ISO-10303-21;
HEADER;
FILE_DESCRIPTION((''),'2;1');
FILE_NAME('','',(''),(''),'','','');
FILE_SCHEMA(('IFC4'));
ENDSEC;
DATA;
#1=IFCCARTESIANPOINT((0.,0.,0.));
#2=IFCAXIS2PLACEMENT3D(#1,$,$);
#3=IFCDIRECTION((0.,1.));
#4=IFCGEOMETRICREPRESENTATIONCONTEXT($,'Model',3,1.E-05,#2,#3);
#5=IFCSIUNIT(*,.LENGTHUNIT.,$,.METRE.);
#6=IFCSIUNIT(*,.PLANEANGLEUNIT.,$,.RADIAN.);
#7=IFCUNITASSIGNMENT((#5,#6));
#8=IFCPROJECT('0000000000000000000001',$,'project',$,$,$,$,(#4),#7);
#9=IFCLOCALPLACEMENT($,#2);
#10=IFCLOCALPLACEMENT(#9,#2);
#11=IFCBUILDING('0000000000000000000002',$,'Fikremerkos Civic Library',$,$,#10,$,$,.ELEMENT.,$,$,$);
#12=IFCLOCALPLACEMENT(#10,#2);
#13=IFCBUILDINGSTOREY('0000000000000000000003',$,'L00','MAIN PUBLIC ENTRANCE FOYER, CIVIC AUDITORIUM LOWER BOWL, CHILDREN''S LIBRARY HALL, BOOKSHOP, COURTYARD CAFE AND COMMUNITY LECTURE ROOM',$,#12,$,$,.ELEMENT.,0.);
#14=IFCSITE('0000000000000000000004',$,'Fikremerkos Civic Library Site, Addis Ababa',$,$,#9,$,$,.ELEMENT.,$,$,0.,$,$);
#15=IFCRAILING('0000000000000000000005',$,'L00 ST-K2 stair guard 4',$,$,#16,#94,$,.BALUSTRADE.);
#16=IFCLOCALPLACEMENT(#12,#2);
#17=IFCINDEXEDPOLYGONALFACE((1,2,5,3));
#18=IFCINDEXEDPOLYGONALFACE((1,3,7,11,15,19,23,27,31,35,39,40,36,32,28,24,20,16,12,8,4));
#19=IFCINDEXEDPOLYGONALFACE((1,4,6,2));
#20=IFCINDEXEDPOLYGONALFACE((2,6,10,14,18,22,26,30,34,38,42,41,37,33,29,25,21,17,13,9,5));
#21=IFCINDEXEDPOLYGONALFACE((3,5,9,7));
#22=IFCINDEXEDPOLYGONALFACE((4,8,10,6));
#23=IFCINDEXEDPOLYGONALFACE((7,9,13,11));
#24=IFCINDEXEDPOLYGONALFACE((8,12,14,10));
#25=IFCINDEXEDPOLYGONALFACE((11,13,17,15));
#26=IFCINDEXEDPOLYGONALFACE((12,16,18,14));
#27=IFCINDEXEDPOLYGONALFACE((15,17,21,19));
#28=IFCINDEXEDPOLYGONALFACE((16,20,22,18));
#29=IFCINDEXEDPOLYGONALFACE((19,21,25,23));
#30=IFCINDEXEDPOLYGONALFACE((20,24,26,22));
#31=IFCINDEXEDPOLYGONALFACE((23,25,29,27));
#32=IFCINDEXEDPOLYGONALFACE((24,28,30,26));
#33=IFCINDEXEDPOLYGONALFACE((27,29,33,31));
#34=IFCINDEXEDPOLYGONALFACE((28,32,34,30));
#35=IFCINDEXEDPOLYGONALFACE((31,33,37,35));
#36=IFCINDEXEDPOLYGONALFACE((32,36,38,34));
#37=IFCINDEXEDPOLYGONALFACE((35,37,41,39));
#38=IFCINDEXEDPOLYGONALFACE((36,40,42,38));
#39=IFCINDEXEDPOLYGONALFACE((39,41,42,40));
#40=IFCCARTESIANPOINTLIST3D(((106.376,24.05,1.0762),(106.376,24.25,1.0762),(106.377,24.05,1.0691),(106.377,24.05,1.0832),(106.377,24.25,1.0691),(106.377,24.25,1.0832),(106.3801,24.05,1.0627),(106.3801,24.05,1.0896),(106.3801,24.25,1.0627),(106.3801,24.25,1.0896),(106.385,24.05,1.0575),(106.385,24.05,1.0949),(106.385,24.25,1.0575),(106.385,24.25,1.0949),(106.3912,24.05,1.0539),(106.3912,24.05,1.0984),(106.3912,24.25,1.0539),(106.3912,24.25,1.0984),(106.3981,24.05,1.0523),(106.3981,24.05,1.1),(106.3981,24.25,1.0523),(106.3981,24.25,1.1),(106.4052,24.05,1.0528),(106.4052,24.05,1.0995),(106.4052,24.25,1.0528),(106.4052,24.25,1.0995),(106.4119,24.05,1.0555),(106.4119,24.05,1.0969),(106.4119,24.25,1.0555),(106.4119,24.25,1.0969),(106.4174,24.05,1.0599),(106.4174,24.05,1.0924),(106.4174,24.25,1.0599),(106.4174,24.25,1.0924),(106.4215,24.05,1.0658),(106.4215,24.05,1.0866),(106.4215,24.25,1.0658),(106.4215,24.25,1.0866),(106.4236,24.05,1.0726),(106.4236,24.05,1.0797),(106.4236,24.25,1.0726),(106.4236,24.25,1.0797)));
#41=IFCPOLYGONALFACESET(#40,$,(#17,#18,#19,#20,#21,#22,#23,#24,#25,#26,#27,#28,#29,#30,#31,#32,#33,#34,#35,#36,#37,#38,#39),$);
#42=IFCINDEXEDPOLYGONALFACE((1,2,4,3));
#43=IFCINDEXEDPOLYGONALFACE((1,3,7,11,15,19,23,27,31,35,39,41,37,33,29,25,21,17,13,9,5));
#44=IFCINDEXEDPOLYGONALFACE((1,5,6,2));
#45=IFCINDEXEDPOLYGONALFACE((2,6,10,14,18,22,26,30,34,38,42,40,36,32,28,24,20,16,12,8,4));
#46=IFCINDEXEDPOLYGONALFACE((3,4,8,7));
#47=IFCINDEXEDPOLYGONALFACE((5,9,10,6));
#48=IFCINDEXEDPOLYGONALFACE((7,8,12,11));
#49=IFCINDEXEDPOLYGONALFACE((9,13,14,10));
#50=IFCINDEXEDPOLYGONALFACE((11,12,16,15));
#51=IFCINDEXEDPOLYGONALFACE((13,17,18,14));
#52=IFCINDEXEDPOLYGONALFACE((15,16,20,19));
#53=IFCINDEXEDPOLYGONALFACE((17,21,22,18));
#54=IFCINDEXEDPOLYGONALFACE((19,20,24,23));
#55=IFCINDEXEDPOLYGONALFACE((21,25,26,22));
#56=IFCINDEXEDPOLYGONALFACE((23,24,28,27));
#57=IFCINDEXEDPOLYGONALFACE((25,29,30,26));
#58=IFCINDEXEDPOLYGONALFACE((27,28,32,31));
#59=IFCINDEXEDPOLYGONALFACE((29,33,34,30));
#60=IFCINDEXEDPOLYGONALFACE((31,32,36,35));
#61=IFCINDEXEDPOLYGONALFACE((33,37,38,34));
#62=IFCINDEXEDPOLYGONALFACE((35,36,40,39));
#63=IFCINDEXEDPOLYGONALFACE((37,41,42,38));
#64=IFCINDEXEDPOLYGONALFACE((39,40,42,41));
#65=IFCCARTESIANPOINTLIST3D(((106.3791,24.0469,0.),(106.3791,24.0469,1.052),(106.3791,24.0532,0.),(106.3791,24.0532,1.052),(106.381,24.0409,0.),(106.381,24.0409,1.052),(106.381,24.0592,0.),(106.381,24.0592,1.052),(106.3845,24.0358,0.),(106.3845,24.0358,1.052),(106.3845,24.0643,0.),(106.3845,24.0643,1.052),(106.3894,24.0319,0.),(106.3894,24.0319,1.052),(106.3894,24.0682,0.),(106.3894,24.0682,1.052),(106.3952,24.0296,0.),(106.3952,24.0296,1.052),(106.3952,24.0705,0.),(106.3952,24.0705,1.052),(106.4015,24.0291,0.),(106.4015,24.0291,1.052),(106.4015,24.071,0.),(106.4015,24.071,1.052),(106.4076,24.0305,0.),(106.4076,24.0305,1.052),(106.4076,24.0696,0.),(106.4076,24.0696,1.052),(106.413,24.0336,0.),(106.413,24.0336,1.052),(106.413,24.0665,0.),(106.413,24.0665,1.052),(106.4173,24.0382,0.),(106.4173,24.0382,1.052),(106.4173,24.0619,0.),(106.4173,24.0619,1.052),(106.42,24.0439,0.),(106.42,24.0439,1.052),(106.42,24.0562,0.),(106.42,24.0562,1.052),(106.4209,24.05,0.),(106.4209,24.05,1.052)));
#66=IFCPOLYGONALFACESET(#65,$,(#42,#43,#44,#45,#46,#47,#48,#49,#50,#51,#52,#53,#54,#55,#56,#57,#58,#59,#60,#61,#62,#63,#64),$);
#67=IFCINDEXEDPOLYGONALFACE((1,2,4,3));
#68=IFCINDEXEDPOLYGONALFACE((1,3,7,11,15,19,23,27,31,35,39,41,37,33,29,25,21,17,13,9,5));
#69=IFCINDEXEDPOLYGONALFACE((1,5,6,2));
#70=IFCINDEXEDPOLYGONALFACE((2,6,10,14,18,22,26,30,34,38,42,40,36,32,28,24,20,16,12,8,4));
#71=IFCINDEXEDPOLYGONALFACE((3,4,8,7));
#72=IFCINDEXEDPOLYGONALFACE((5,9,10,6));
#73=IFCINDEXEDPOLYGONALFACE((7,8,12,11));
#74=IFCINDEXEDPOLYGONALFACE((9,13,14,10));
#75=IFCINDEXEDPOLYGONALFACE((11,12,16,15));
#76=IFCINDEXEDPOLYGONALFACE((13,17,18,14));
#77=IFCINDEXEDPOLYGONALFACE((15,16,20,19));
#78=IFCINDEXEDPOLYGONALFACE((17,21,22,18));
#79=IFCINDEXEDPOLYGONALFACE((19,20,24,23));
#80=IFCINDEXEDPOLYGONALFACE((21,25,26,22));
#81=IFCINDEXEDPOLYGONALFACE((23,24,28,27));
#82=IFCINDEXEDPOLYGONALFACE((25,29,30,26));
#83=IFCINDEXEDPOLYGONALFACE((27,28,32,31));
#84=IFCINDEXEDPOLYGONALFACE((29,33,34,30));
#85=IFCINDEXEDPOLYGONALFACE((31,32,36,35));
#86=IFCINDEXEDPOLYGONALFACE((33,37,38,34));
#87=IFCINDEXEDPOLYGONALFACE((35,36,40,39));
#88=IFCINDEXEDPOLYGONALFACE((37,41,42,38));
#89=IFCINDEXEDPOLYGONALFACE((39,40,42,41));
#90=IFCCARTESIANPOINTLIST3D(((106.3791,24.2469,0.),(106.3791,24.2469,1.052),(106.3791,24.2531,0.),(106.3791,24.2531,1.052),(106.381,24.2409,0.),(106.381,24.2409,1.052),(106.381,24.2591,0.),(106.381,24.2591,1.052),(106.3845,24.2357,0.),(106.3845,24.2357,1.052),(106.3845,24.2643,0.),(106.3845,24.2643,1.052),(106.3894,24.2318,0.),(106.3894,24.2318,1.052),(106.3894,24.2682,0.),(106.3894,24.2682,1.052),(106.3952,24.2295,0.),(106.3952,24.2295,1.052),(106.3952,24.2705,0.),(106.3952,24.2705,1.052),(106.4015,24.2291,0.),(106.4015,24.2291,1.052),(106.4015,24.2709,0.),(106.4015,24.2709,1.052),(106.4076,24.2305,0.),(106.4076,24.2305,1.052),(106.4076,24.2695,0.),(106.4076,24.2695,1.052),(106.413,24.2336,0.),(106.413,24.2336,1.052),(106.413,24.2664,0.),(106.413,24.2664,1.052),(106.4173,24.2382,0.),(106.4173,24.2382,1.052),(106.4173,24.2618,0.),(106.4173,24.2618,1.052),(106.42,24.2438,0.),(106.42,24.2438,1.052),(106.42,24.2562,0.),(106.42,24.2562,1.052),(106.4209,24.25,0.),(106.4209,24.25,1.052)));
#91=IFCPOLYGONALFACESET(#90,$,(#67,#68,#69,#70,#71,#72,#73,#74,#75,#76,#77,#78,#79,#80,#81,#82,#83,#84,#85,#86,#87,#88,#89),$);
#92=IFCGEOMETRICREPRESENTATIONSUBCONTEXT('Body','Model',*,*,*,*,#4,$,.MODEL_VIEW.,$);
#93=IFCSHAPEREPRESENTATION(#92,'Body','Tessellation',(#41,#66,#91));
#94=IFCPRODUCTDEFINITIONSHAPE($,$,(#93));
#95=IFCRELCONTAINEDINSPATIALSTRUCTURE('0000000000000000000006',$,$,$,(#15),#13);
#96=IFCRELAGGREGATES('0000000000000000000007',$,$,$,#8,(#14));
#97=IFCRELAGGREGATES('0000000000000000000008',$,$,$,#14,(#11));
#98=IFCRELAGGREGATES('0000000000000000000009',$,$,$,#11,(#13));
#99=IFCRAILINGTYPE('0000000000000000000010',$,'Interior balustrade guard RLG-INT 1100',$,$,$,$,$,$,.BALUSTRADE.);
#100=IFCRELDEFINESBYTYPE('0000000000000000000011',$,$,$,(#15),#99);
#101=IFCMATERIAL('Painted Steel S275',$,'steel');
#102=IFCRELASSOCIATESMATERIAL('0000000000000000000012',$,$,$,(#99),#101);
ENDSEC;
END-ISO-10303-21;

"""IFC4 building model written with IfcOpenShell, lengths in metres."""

from ifc_helpers import new_model, si_unit, direction, frame, origin, origin_2d, place, context, subcontext, project, spatial, circle, extrude, material, type_object, element, save


model = new_model("IFC4")

# Units and contexts
model_context = context("Model", 3, precision=1e-05, world=origin(), true_north=direction((0.0, 1.0)))
body_context = subcontext(model_context, "Body", "Model", "MODEL_VIEW")
ifc_project = project(units=[si_unit("LENGTHUNIT", "METRE"), si_unit("PLANEANGLEUNIT", "RADIAN")], contexts=[model_context])

# Site, building, storey
site_placement = place(None, origin())
site = spatial("IfcSite", under=ifc_project, at=site_placement, Name="Fikremerkos Civic Library Site, Addis Ababa", CompositionType="ELEMENT", RefElevation=0.0)
building_placement = place(site_placement, origin())
building = spatial("IfcBuilding", under=site, at=building_placement, Name="Fikremerkos Civic Library", CompositionType="ELEMENT")
storey_placement = place(building_placement, origin())
storey = spatial("IfcBuildingStorey", under=building, at=storey_placement, Name="L00", Description="MAIN PUBLIC ENTRANCE FOYER, CIVIC AUDITORIUM LOWER BOWL, CHILDREN'S LIBRARY HALL, BOOKSHOP, COURTYARD CAFE AND COMMUNITY LECTURE ROOM", CompositionType="ELEMENT", Elevation=0.0)

# Railing
ifc_material_1 = material(Name="Painted Steel S275", Category="steel")
railing_type_1 = type_object("IfcRailingType", Name="Interior balustrade guard RLG-INT 1100", PredefinedType="BALUSTRADE", material=ifc_material_1)
railing_1_placement = place(storey_placement, frame((106.3999, 24.05, 0.0)))
element("IfcRailing", 1, at=railing_1_placement, inside=storey, type_object=railing_type_1, Name="L00 ST-K2 stair guard 4", PredefinedType="BALUSTRADE", context=body_context, shape_type="SweptSolid", body=[
    extrude(circle(Radius=0.0239, at=origin_2d()), frame((0.0, 0.0, 1.0762), z_axis=(0.0, 1.0, 0.0), x_axis=(-1.0, 0.0, 0.0)), (0.0, 0.0, 1.0), 0.2),
    extrude(circle(Radius=0.021, at=origin_2d()), origin(), (0.0, 0.0, 1.0), 1.052),
    extrude(circle(Radius=0.021, at=origin_2d()), frame((0.0, 0.2, 0.0)), (0.0, 0.0, 1.0), 1.052),
])

save(model, "model.ifc")
